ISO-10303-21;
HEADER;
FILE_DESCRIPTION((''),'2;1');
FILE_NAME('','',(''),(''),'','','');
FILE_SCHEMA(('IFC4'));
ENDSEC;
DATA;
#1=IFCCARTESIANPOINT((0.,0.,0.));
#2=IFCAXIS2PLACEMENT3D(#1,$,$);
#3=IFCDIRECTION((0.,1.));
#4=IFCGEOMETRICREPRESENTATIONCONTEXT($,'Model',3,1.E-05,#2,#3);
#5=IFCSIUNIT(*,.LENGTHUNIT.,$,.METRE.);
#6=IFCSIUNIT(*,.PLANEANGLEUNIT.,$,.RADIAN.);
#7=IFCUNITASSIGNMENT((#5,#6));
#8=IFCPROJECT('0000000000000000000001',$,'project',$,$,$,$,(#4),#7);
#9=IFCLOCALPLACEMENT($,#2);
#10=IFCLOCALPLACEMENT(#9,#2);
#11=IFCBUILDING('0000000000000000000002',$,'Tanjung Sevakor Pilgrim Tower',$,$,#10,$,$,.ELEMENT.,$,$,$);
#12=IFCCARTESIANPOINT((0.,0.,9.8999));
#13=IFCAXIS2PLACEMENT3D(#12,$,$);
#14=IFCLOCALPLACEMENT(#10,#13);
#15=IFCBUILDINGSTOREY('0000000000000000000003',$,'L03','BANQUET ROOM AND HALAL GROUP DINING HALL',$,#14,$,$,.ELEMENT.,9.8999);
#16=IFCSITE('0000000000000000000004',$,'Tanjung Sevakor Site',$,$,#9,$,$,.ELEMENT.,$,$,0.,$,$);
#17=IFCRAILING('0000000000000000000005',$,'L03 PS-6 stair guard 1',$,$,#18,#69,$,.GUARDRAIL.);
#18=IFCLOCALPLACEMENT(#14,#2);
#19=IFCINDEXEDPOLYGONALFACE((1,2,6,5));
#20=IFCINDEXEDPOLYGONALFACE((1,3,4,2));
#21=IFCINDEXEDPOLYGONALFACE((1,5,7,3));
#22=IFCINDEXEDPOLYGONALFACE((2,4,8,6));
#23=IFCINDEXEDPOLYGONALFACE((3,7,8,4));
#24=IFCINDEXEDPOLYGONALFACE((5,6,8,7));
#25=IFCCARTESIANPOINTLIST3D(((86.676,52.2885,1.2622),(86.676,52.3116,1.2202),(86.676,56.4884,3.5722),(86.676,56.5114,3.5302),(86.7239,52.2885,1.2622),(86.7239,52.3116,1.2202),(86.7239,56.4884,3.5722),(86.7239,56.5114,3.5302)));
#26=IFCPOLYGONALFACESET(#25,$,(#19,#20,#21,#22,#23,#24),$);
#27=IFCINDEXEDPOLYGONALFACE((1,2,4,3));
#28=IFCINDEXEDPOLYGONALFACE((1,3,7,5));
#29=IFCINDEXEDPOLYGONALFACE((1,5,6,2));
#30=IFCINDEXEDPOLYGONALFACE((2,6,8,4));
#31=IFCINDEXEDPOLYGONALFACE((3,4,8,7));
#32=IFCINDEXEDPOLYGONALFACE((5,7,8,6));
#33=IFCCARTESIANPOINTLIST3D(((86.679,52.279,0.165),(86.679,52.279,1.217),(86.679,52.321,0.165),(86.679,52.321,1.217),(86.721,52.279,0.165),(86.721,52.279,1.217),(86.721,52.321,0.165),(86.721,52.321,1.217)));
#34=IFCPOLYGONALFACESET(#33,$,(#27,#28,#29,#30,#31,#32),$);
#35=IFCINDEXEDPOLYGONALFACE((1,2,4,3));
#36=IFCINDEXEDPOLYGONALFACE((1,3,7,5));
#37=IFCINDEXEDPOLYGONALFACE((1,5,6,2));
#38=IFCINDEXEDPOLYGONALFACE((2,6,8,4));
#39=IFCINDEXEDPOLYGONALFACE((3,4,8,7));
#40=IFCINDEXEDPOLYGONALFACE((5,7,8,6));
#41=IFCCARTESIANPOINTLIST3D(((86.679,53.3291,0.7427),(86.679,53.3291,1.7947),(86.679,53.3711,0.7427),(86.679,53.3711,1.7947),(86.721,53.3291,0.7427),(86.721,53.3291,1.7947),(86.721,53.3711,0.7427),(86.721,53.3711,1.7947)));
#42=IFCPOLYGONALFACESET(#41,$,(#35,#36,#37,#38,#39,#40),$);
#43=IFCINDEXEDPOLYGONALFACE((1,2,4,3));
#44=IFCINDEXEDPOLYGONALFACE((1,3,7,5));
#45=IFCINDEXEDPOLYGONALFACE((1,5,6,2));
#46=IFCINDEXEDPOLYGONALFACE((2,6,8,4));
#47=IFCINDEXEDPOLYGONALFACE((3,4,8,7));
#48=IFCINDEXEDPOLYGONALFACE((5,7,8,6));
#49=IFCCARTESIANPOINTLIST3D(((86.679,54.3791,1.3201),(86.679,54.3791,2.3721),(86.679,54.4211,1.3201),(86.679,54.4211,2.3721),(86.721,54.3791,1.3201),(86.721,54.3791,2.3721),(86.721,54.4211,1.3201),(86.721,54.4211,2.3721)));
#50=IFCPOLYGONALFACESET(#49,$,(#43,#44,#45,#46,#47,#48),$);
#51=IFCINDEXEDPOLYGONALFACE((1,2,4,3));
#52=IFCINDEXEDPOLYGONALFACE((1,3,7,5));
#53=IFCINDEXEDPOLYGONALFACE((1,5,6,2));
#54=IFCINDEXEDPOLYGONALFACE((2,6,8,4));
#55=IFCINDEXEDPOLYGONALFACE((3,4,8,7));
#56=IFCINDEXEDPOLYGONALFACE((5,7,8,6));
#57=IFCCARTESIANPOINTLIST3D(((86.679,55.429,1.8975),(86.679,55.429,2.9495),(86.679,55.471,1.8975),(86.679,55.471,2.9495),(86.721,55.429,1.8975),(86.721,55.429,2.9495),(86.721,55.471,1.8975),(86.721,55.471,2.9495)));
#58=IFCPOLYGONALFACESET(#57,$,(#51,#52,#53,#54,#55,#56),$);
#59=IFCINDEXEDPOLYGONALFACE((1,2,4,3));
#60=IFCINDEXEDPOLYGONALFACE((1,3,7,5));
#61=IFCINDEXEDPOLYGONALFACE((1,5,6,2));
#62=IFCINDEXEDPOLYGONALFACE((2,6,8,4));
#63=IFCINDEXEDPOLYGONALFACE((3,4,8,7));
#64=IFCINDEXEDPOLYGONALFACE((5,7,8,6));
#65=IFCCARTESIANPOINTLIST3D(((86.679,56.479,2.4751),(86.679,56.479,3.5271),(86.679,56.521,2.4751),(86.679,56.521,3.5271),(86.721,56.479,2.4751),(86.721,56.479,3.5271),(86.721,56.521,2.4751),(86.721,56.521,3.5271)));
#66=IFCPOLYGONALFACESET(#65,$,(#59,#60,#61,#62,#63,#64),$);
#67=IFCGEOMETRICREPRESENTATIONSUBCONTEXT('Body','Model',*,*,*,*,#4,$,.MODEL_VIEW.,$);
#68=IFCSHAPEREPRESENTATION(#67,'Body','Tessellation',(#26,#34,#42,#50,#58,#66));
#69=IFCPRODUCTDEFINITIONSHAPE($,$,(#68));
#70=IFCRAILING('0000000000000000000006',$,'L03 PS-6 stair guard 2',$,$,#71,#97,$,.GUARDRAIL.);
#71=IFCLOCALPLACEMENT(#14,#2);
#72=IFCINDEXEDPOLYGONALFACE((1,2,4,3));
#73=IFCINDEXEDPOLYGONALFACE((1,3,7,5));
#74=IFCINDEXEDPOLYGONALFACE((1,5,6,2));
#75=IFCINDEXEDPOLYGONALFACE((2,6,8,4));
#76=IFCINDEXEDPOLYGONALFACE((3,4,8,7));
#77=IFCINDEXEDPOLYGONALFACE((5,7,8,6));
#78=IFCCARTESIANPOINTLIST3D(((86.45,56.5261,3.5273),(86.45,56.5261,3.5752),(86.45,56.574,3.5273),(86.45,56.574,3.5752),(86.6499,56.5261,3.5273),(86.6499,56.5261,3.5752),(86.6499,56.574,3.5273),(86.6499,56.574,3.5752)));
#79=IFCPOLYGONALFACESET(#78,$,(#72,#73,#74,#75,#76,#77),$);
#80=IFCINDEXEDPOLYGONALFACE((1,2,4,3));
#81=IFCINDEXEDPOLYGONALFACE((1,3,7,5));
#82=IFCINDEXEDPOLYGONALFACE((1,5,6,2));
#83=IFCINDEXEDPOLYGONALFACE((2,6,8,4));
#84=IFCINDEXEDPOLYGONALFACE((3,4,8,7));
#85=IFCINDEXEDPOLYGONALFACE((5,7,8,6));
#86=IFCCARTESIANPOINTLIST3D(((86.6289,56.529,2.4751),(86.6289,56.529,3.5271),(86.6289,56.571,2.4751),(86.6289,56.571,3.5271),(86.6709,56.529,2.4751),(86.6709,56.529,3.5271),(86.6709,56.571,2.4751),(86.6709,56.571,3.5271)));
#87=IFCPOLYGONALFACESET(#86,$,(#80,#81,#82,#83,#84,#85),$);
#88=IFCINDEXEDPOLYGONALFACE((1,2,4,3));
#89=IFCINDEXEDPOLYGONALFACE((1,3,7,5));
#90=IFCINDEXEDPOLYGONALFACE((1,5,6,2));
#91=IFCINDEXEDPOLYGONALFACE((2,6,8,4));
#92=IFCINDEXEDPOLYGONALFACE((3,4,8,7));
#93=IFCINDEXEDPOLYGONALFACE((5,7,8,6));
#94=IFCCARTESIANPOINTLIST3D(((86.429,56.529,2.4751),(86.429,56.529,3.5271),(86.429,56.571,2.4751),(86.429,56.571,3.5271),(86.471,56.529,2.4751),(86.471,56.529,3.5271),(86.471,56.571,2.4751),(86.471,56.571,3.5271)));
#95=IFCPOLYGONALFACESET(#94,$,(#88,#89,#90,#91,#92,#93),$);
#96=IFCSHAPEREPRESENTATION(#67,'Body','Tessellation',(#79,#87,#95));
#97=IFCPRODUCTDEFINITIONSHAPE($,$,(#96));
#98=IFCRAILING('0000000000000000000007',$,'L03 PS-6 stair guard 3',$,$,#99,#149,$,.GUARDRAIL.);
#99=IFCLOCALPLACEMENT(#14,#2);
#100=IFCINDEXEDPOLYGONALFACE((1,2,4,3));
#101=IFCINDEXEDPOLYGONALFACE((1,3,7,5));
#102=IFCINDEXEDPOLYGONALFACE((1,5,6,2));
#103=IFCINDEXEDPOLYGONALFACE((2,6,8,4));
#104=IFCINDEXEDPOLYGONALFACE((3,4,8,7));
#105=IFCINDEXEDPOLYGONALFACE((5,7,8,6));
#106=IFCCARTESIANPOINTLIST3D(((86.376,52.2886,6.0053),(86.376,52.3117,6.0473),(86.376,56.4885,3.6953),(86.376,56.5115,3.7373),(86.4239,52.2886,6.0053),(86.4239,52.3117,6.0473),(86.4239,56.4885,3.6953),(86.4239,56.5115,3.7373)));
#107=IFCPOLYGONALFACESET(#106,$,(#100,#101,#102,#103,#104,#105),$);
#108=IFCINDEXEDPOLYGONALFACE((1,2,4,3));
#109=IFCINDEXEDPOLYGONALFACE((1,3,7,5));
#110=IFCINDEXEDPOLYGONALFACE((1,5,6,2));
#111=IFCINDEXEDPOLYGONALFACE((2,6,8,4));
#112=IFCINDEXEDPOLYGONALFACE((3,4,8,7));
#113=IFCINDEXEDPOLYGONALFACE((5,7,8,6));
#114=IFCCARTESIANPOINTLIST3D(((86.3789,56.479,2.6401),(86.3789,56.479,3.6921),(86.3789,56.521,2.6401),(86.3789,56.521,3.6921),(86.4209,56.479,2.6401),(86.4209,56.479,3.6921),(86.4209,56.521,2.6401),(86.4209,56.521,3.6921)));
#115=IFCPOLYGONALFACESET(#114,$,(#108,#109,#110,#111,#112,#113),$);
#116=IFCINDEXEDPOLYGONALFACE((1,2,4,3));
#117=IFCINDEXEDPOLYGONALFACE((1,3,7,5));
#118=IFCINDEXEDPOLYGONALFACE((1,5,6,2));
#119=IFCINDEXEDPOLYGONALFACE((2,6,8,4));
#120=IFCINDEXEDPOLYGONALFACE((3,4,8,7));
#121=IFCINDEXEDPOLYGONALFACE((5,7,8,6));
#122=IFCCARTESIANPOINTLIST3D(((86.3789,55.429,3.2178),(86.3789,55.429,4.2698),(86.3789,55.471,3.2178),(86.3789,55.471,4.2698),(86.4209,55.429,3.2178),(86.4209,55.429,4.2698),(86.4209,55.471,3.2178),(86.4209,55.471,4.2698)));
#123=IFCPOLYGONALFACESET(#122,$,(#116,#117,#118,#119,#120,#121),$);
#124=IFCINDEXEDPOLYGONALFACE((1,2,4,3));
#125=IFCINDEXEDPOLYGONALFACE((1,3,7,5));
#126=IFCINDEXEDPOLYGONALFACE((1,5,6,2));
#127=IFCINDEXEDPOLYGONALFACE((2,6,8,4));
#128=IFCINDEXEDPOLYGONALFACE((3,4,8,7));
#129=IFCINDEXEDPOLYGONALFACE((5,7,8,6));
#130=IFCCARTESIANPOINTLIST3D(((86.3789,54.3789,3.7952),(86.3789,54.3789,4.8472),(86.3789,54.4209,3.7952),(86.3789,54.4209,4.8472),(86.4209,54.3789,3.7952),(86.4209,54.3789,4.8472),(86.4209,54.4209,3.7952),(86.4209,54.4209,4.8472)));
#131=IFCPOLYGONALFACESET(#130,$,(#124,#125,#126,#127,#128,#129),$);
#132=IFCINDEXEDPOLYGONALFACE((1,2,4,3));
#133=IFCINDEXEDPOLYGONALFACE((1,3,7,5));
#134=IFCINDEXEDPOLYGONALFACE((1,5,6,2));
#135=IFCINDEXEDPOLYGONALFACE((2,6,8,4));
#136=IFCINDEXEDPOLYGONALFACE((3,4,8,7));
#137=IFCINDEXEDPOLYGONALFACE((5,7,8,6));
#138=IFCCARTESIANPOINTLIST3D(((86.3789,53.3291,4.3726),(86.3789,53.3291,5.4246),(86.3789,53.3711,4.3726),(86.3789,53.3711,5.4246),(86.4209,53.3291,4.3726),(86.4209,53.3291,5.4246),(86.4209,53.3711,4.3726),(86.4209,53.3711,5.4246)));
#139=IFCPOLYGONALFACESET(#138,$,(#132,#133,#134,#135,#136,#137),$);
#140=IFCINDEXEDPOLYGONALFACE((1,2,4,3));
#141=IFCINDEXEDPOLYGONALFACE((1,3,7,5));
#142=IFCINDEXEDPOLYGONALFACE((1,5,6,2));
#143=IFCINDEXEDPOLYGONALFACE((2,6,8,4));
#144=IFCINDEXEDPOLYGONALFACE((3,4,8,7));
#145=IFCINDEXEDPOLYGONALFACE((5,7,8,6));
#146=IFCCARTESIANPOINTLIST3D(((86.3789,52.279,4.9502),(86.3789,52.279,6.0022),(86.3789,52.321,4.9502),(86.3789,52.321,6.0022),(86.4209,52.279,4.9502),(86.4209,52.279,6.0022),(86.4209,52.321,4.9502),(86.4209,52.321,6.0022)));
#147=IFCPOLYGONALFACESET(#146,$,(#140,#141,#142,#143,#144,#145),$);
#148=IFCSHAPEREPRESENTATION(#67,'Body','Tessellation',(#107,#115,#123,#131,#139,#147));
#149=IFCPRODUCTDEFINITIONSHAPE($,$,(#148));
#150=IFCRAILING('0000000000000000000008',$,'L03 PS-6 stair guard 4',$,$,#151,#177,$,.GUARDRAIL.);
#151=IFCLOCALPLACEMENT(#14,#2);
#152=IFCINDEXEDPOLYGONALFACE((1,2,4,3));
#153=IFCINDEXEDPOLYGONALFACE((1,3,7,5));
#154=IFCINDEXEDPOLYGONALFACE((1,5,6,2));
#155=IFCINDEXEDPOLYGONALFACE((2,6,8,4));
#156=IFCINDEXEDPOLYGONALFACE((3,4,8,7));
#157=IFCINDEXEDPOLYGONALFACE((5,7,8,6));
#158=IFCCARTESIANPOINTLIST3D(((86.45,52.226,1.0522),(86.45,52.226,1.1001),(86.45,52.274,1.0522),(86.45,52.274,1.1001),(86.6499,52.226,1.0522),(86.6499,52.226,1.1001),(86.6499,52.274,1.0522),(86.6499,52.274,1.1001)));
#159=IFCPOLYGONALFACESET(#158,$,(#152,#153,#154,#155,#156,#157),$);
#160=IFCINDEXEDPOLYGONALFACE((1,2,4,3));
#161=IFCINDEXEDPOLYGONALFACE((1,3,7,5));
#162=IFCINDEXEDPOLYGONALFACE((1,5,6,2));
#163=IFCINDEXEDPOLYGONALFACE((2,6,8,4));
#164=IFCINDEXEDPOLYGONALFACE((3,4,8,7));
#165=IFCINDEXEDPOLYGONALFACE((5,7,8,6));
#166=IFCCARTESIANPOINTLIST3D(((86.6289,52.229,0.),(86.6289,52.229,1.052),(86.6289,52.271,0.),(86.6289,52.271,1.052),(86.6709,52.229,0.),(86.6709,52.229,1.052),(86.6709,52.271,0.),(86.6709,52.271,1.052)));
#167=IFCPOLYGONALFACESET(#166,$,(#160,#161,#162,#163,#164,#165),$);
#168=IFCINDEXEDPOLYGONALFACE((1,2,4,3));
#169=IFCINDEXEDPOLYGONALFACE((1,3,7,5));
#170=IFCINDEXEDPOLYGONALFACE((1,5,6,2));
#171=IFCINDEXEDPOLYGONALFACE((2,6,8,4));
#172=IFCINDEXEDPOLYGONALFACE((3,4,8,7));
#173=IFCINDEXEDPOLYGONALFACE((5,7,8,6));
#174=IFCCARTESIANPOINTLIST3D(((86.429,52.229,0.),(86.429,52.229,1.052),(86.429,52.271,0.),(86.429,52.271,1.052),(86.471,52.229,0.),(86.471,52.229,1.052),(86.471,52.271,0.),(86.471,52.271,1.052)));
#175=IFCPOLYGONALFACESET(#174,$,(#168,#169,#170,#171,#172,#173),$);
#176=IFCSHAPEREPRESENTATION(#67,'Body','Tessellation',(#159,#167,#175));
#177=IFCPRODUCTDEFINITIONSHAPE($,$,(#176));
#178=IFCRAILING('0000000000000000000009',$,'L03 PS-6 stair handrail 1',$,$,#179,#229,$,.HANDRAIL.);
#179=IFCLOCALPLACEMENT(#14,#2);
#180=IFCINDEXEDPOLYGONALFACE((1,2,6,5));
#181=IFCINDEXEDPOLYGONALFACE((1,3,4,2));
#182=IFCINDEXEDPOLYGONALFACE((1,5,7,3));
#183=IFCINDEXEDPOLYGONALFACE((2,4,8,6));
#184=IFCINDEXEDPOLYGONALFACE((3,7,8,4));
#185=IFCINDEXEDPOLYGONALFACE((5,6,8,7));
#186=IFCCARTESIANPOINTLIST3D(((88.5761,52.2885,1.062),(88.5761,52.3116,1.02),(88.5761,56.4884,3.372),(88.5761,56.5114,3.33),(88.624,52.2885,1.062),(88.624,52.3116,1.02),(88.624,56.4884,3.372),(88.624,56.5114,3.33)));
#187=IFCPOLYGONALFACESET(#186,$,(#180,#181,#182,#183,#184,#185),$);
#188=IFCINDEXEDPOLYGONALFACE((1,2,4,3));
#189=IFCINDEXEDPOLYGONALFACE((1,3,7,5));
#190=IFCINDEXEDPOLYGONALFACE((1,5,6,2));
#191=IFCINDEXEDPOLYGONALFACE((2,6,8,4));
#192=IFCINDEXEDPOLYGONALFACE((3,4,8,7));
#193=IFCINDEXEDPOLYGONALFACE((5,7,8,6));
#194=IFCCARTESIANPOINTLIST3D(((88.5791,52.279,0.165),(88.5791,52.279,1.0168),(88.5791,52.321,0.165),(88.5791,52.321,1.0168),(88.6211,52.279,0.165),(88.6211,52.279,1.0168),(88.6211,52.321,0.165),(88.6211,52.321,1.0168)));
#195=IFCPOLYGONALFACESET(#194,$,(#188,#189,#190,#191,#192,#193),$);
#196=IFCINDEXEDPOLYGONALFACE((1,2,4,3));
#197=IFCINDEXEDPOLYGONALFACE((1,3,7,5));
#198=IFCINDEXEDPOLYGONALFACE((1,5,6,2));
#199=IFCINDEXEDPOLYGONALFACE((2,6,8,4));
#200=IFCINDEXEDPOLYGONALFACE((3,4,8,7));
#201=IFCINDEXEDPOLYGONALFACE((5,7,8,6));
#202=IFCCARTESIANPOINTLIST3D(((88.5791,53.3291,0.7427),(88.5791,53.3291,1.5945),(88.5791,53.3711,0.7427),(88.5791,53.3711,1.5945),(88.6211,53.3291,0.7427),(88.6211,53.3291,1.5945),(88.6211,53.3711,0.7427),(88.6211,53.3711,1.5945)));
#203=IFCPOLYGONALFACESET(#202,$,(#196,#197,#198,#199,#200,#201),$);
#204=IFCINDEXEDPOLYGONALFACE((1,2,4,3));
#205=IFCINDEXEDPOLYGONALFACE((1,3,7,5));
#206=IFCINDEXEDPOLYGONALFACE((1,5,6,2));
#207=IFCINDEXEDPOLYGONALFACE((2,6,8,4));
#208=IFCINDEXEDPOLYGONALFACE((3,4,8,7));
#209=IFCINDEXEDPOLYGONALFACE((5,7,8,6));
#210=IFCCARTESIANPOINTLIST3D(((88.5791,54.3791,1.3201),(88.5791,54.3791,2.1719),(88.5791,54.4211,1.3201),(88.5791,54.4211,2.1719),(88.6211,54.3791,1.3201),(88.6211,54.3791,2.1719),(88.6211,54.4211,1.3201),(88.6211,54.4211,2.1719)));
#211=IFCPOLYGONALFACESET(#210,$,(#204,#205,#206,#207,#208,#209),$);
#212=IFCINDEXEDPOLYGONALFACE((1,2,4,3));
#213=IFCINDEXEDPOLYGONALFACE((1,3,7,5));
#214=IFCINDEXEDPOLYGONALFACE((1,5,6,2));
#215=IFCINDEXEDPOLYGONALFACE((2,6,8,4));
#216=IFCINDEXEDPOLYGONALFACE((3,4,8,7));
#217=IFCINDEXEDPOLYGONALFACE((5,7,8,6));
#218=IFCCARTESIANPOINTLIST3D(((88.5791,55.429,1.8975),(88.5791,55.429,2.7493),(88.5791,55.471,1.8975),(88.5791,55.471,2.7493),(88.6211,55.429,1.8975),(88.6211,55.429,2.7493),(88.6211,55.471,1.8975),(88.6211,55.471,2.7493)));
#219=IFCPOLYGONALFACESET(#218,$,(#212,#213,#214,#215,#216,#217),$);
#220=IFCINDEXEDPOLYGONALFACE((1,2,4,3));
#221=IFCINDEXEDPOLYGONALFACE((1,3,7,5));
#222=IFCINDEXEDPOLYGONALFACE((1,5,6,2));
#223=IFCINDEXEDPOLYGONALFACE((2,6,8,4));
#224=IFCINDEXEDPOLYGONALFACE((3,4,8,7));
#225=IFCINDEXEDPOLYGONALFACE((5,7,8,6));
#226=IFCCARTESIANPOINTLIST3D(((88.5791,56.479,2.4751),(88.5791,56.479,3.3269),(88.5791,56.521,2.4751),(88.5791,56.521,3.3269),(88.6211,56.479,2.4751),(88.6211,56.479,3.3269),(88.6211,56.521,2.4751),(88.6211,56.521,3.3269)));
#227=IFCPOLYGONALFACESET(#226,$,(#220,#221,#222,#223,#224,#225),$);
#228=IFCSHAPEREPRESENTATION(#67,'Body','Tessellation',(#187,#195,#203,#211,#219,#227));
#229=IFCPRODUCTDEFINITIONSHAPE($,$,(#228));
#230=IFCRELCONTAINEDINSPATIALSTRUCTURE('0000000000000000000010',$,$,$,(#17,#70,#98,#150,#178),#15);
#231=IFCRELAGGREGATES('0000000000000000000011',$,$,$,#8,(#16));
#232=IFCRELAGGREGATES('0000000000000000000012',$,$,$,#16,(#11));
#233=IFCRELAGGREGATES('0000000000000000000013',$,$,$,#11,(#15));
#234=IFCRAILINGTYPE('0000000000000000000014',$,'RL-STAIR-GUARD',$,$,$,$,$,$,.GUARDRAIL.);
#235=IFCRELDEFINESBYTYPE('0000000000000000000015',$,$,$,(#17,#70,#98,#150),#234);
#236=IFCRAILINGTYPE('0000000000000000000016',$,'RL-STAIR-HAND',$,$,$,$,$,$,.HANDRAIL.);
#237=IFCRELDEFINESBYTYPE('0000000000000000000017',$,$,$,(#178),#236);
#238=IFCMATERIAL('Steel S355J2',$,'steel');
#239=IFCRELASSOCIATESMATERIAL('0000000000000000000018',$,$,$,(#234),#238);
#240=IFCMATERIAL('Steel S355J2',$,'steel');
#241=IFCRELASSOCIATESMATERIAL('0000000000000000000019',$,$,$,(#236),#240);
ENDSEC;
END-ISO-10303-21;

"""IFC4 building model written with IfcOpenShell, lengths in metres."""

from ifc_helpers import new_model, si_unit, direction, frame, origin, place, context, subcontext, project, spatial, rectangle, extrude, material, type_object, element, save


model = new_model("IFC4")

# Units and contexts
model_context = context("Model", 3, precision=1e-05, world=origin(), true_north=direction((0.0, 1.0)))
body_context = subcontext(model_context, "Body", "Model", "MODEL_VIEW")
ifc_project = project(units=[si_unit("LENGTHUNIT", "METRE"), si_unit("PLANEANGLEUNIT", "RADIAN")], contexts=[model_context])

# Site, building, storey
site_placement = place(None, origin())
site = spatial("IfcSite", under=ifc_project, at=site_placement, Name="Tanjung Sevakor Site", CompositionType="ELEMENT", RefElevation=0.0)
building_placement = place(site_placement, origin())
building = spatial("IfcBuilding", under=site, at=building_placement, Name="Tanjung Sevakor Pilgrim Tower", CompositionType="ELEMENT")
storey_placement = place(building_placement, frame((0.0, 0.0, 9.8999)))
storey = spatial("IfcBuildingStorey", under=building, at=storey_placement, Name="L03", Description="BANQUET ROOM AND HALAL GROUP DINING HALL", CompositionType="ELEMENT", Elevation=9.8999)

# Railings
ifc_material_1 = material(Name="Steel S355J2", Category="steel")
railing_type_1 = type_object("IfcRailingType", Name="RL-STAIR-GUARD", PredefinedType="GUARDRAIL", material=ifc_material_1)
railing_1_placement = place(storey_placement, frame((86.7, 52.3, 0.165)))
element("IfcRailing", 1, at=railing_1_placement, inside=storey, type_object=railing_type_1, Name="L03 PS-6 stair guard 1", PredefinedType="GUARDRAIL", context=body_context, shape_type="SweptSolid", body=[
    extrude(rectangle(XDim=0.0479, YDim=0.0479), frame((0.0, 0.0, 1.0762), z_axis=(0.0, 0.876208, 0.481932), x_axis=(-1.0, 0.0, 0.0)), (0.0, 0.0, 1.0), 4.7932),
    extrude(rectangle(XDim=0.042, YDim=0.042), origin(), (0.0, 0.0, 1.0), 1.052),
    extrude(rectangle(XDim=0.042, YDim=0.042), frame((0.0, 1.05, 0.5776)), (0.0, 0.0, 1.0), 1.052),
    extrude(rectangle(XDim=0.042, YDim=0.042), frame((0.0, 2.1001, 1.155)), (0.0, 0.0, 1.0), 1.052),
    extrude(rectangle(XDim=0.042, YDim=0.042), frame((0.0, 3.1499, 1.7324)), (0.0, 0.0, 1.0), 1.052),
    extrude(rectangle(XDim=0.042, YDim=0.042), frame((0.0, 4.2, 2.3101)), (0.0, 0.0, 1.0), 1.052),
])
railing_2_placement = place(storey_placement, frame((86.6499, 56.55, 2.4751)))
element("IfcRailing", 2, at=railing_2_placement, inside=storey, type_object=railing_type_1, Name="L03 PS-6 stair guard 2", PredefinedType="GUARDRAIL", context=body_context, shape_type="SweptSolid", body=[
    extrude(rectangle(XDim=0.0479, YDim=0.0479), frame((0.0, 0.0, 1.0762), z_axis=(-1.0, 0.0, 0.0), x_axis=(0.0, -1.0, 0.0)), (0.0, 0.0, 1.0), 0.2),
    extrude(rectangle(XDim=0.042, YDim=0.042), origin(), (0.0, 0.0, 1.0), 1.052),
    extrude(rectangle(XDim=0.042, YDim=0.042), frame((-0.2, 0.0, 0.0)), (0.0, 0.0, 1.0), 1.052),
])
railing_3_placement = place(storey_placement, frame((86.3999, 56.5, 2.6401)))
element("IfcRailing", 3, at=railing_3_placement, inside=storey, type_object=railing_type_1, Name="L03 PS-6 stair guard 3", PredefinedType="GUARDRAIL", context=body_context, shape_type="SweptSolid", body=[
    extrude(rectangle(XDim=0.0479, YDim=0.0479), frame((0.0, 0.0, 1.0762), z_axis=(0.0, -0.876208, 0.481932), x_axis=(1.0, 0.0, 0.0)), (0.0, 0.0, 1.0), 4.7932),
    extrude(rectangle(XDim=0.042, YDim=0.042), origin(), (0.0, 0.0, 1.0), 1.052),
    extrude(rectangle(XDim=0.042, YDim=0.042), frame((0.0, -1.05, 0.5776)), (0.0, 0.0, 1.0), 1.052),
    extrude(rectangle(XDim=0.042, YDim=0.042), frame((0.0, -2.1001, 1.155)), (0.0, 0.0, 1.0), 1.052),
    extrude(rectangle(XDim=0.042, YDim=0.042), frame((0.0, -3.1499, 1.7324)), (0.0, 0.0, 1.0), 1.052),
    extrude(rectangle(XDim=0.042, YDim=0.042), frame((0.0, -4.2, 2.3101)), (0.0, 0.0, 1.0), 1.052),
])
railing_4_placement = place(storey_placement, frame((86.6499, 52.25, 0.0)))
element("IfcRailing", 4, at=railing_4_placement, inside=storey, type_object=railing_type_1, Name="L03 PS-6 stair guard 4", PredefinedType="GUARDRAIL", context=body_context, shape_type="SweptSolid", body=[
    extrude(rectangle(XDim=0.0479, YDim=0.0479), frame((0.0, 0.0, 1.0762), z_axis=(-1.0, 0.0, 0.0), x_axis=(0.0, -1.0, 0.0)), (0.0, 0.0, 1.0), 0.2),
    extrude(rectangle(XDim=0.042, YDim=0.042), origin(), (0.0, 0.0, 1.0), 1.052),
    extrude(rectangle(XDim=0.042, YDim=0.042), frame((-0.2, 0.0, 0.0)), (0.0, 0.0, 1.0), 1.052),
])
ifc_material_2 = material(Name="Steel S355J2", Category="steel")
railing_type_2 = type_object("IfcRailingType", Name="RL-STAIR-HAND", PredefinedType="HANDRAIL", material=ifc_material_2)
railing_5_placement = place(storey_placement, frame((88.6001, 52.3, 0.165)))
element("IfcRailing", 5, at=railing_5_placement, inside=storey, type_object=railing_type_2, Name="L03 PS-6 stair handrail 1", PredefinedType="HANDRAIL", context=body_context, shape_type="SweptSolid", body=[
    extrude(rectangle(XDim=0.0479, YDim=0.0479), frame((0.0, 0.0, 0.876), z_axis=(0.0, 0.876208, 0.481932), x_axis=(-1.0, 0.0, 0.0)), (0.0, 0.0, 1.0), 4.7932),
    extrude(rectangle(XDim=0.042, YDim=0.042), origin(), (0.0, 0.0, 1.0), 0.8518),
    extrude(rectangle(XDim=0.042, YDim=0.042), frame((0.0, 1.05, 0.5776)), (0.0, 0.0, 1.0), 0.8518),
    extrude(rectangle(XDim=0.042, YDim=0.042), frame((0.0, 2.1001, 1.155)), (0.0, 0.0, 1.0), 0.8518),
    extrude(rectangle(XDim=0.042, YDim=0.042), frame((0.0, 3.1499, 1.7324)), (0.0, 0.0, 1.0), 0.8518),
    extrude(rectangle(XDim=0.042, YDim=0.042), frame((0.0, 4.2, 2.3101)), (0.0, 0.0, 1.0), 0.8518),
])

save(model, "model.ifc")
